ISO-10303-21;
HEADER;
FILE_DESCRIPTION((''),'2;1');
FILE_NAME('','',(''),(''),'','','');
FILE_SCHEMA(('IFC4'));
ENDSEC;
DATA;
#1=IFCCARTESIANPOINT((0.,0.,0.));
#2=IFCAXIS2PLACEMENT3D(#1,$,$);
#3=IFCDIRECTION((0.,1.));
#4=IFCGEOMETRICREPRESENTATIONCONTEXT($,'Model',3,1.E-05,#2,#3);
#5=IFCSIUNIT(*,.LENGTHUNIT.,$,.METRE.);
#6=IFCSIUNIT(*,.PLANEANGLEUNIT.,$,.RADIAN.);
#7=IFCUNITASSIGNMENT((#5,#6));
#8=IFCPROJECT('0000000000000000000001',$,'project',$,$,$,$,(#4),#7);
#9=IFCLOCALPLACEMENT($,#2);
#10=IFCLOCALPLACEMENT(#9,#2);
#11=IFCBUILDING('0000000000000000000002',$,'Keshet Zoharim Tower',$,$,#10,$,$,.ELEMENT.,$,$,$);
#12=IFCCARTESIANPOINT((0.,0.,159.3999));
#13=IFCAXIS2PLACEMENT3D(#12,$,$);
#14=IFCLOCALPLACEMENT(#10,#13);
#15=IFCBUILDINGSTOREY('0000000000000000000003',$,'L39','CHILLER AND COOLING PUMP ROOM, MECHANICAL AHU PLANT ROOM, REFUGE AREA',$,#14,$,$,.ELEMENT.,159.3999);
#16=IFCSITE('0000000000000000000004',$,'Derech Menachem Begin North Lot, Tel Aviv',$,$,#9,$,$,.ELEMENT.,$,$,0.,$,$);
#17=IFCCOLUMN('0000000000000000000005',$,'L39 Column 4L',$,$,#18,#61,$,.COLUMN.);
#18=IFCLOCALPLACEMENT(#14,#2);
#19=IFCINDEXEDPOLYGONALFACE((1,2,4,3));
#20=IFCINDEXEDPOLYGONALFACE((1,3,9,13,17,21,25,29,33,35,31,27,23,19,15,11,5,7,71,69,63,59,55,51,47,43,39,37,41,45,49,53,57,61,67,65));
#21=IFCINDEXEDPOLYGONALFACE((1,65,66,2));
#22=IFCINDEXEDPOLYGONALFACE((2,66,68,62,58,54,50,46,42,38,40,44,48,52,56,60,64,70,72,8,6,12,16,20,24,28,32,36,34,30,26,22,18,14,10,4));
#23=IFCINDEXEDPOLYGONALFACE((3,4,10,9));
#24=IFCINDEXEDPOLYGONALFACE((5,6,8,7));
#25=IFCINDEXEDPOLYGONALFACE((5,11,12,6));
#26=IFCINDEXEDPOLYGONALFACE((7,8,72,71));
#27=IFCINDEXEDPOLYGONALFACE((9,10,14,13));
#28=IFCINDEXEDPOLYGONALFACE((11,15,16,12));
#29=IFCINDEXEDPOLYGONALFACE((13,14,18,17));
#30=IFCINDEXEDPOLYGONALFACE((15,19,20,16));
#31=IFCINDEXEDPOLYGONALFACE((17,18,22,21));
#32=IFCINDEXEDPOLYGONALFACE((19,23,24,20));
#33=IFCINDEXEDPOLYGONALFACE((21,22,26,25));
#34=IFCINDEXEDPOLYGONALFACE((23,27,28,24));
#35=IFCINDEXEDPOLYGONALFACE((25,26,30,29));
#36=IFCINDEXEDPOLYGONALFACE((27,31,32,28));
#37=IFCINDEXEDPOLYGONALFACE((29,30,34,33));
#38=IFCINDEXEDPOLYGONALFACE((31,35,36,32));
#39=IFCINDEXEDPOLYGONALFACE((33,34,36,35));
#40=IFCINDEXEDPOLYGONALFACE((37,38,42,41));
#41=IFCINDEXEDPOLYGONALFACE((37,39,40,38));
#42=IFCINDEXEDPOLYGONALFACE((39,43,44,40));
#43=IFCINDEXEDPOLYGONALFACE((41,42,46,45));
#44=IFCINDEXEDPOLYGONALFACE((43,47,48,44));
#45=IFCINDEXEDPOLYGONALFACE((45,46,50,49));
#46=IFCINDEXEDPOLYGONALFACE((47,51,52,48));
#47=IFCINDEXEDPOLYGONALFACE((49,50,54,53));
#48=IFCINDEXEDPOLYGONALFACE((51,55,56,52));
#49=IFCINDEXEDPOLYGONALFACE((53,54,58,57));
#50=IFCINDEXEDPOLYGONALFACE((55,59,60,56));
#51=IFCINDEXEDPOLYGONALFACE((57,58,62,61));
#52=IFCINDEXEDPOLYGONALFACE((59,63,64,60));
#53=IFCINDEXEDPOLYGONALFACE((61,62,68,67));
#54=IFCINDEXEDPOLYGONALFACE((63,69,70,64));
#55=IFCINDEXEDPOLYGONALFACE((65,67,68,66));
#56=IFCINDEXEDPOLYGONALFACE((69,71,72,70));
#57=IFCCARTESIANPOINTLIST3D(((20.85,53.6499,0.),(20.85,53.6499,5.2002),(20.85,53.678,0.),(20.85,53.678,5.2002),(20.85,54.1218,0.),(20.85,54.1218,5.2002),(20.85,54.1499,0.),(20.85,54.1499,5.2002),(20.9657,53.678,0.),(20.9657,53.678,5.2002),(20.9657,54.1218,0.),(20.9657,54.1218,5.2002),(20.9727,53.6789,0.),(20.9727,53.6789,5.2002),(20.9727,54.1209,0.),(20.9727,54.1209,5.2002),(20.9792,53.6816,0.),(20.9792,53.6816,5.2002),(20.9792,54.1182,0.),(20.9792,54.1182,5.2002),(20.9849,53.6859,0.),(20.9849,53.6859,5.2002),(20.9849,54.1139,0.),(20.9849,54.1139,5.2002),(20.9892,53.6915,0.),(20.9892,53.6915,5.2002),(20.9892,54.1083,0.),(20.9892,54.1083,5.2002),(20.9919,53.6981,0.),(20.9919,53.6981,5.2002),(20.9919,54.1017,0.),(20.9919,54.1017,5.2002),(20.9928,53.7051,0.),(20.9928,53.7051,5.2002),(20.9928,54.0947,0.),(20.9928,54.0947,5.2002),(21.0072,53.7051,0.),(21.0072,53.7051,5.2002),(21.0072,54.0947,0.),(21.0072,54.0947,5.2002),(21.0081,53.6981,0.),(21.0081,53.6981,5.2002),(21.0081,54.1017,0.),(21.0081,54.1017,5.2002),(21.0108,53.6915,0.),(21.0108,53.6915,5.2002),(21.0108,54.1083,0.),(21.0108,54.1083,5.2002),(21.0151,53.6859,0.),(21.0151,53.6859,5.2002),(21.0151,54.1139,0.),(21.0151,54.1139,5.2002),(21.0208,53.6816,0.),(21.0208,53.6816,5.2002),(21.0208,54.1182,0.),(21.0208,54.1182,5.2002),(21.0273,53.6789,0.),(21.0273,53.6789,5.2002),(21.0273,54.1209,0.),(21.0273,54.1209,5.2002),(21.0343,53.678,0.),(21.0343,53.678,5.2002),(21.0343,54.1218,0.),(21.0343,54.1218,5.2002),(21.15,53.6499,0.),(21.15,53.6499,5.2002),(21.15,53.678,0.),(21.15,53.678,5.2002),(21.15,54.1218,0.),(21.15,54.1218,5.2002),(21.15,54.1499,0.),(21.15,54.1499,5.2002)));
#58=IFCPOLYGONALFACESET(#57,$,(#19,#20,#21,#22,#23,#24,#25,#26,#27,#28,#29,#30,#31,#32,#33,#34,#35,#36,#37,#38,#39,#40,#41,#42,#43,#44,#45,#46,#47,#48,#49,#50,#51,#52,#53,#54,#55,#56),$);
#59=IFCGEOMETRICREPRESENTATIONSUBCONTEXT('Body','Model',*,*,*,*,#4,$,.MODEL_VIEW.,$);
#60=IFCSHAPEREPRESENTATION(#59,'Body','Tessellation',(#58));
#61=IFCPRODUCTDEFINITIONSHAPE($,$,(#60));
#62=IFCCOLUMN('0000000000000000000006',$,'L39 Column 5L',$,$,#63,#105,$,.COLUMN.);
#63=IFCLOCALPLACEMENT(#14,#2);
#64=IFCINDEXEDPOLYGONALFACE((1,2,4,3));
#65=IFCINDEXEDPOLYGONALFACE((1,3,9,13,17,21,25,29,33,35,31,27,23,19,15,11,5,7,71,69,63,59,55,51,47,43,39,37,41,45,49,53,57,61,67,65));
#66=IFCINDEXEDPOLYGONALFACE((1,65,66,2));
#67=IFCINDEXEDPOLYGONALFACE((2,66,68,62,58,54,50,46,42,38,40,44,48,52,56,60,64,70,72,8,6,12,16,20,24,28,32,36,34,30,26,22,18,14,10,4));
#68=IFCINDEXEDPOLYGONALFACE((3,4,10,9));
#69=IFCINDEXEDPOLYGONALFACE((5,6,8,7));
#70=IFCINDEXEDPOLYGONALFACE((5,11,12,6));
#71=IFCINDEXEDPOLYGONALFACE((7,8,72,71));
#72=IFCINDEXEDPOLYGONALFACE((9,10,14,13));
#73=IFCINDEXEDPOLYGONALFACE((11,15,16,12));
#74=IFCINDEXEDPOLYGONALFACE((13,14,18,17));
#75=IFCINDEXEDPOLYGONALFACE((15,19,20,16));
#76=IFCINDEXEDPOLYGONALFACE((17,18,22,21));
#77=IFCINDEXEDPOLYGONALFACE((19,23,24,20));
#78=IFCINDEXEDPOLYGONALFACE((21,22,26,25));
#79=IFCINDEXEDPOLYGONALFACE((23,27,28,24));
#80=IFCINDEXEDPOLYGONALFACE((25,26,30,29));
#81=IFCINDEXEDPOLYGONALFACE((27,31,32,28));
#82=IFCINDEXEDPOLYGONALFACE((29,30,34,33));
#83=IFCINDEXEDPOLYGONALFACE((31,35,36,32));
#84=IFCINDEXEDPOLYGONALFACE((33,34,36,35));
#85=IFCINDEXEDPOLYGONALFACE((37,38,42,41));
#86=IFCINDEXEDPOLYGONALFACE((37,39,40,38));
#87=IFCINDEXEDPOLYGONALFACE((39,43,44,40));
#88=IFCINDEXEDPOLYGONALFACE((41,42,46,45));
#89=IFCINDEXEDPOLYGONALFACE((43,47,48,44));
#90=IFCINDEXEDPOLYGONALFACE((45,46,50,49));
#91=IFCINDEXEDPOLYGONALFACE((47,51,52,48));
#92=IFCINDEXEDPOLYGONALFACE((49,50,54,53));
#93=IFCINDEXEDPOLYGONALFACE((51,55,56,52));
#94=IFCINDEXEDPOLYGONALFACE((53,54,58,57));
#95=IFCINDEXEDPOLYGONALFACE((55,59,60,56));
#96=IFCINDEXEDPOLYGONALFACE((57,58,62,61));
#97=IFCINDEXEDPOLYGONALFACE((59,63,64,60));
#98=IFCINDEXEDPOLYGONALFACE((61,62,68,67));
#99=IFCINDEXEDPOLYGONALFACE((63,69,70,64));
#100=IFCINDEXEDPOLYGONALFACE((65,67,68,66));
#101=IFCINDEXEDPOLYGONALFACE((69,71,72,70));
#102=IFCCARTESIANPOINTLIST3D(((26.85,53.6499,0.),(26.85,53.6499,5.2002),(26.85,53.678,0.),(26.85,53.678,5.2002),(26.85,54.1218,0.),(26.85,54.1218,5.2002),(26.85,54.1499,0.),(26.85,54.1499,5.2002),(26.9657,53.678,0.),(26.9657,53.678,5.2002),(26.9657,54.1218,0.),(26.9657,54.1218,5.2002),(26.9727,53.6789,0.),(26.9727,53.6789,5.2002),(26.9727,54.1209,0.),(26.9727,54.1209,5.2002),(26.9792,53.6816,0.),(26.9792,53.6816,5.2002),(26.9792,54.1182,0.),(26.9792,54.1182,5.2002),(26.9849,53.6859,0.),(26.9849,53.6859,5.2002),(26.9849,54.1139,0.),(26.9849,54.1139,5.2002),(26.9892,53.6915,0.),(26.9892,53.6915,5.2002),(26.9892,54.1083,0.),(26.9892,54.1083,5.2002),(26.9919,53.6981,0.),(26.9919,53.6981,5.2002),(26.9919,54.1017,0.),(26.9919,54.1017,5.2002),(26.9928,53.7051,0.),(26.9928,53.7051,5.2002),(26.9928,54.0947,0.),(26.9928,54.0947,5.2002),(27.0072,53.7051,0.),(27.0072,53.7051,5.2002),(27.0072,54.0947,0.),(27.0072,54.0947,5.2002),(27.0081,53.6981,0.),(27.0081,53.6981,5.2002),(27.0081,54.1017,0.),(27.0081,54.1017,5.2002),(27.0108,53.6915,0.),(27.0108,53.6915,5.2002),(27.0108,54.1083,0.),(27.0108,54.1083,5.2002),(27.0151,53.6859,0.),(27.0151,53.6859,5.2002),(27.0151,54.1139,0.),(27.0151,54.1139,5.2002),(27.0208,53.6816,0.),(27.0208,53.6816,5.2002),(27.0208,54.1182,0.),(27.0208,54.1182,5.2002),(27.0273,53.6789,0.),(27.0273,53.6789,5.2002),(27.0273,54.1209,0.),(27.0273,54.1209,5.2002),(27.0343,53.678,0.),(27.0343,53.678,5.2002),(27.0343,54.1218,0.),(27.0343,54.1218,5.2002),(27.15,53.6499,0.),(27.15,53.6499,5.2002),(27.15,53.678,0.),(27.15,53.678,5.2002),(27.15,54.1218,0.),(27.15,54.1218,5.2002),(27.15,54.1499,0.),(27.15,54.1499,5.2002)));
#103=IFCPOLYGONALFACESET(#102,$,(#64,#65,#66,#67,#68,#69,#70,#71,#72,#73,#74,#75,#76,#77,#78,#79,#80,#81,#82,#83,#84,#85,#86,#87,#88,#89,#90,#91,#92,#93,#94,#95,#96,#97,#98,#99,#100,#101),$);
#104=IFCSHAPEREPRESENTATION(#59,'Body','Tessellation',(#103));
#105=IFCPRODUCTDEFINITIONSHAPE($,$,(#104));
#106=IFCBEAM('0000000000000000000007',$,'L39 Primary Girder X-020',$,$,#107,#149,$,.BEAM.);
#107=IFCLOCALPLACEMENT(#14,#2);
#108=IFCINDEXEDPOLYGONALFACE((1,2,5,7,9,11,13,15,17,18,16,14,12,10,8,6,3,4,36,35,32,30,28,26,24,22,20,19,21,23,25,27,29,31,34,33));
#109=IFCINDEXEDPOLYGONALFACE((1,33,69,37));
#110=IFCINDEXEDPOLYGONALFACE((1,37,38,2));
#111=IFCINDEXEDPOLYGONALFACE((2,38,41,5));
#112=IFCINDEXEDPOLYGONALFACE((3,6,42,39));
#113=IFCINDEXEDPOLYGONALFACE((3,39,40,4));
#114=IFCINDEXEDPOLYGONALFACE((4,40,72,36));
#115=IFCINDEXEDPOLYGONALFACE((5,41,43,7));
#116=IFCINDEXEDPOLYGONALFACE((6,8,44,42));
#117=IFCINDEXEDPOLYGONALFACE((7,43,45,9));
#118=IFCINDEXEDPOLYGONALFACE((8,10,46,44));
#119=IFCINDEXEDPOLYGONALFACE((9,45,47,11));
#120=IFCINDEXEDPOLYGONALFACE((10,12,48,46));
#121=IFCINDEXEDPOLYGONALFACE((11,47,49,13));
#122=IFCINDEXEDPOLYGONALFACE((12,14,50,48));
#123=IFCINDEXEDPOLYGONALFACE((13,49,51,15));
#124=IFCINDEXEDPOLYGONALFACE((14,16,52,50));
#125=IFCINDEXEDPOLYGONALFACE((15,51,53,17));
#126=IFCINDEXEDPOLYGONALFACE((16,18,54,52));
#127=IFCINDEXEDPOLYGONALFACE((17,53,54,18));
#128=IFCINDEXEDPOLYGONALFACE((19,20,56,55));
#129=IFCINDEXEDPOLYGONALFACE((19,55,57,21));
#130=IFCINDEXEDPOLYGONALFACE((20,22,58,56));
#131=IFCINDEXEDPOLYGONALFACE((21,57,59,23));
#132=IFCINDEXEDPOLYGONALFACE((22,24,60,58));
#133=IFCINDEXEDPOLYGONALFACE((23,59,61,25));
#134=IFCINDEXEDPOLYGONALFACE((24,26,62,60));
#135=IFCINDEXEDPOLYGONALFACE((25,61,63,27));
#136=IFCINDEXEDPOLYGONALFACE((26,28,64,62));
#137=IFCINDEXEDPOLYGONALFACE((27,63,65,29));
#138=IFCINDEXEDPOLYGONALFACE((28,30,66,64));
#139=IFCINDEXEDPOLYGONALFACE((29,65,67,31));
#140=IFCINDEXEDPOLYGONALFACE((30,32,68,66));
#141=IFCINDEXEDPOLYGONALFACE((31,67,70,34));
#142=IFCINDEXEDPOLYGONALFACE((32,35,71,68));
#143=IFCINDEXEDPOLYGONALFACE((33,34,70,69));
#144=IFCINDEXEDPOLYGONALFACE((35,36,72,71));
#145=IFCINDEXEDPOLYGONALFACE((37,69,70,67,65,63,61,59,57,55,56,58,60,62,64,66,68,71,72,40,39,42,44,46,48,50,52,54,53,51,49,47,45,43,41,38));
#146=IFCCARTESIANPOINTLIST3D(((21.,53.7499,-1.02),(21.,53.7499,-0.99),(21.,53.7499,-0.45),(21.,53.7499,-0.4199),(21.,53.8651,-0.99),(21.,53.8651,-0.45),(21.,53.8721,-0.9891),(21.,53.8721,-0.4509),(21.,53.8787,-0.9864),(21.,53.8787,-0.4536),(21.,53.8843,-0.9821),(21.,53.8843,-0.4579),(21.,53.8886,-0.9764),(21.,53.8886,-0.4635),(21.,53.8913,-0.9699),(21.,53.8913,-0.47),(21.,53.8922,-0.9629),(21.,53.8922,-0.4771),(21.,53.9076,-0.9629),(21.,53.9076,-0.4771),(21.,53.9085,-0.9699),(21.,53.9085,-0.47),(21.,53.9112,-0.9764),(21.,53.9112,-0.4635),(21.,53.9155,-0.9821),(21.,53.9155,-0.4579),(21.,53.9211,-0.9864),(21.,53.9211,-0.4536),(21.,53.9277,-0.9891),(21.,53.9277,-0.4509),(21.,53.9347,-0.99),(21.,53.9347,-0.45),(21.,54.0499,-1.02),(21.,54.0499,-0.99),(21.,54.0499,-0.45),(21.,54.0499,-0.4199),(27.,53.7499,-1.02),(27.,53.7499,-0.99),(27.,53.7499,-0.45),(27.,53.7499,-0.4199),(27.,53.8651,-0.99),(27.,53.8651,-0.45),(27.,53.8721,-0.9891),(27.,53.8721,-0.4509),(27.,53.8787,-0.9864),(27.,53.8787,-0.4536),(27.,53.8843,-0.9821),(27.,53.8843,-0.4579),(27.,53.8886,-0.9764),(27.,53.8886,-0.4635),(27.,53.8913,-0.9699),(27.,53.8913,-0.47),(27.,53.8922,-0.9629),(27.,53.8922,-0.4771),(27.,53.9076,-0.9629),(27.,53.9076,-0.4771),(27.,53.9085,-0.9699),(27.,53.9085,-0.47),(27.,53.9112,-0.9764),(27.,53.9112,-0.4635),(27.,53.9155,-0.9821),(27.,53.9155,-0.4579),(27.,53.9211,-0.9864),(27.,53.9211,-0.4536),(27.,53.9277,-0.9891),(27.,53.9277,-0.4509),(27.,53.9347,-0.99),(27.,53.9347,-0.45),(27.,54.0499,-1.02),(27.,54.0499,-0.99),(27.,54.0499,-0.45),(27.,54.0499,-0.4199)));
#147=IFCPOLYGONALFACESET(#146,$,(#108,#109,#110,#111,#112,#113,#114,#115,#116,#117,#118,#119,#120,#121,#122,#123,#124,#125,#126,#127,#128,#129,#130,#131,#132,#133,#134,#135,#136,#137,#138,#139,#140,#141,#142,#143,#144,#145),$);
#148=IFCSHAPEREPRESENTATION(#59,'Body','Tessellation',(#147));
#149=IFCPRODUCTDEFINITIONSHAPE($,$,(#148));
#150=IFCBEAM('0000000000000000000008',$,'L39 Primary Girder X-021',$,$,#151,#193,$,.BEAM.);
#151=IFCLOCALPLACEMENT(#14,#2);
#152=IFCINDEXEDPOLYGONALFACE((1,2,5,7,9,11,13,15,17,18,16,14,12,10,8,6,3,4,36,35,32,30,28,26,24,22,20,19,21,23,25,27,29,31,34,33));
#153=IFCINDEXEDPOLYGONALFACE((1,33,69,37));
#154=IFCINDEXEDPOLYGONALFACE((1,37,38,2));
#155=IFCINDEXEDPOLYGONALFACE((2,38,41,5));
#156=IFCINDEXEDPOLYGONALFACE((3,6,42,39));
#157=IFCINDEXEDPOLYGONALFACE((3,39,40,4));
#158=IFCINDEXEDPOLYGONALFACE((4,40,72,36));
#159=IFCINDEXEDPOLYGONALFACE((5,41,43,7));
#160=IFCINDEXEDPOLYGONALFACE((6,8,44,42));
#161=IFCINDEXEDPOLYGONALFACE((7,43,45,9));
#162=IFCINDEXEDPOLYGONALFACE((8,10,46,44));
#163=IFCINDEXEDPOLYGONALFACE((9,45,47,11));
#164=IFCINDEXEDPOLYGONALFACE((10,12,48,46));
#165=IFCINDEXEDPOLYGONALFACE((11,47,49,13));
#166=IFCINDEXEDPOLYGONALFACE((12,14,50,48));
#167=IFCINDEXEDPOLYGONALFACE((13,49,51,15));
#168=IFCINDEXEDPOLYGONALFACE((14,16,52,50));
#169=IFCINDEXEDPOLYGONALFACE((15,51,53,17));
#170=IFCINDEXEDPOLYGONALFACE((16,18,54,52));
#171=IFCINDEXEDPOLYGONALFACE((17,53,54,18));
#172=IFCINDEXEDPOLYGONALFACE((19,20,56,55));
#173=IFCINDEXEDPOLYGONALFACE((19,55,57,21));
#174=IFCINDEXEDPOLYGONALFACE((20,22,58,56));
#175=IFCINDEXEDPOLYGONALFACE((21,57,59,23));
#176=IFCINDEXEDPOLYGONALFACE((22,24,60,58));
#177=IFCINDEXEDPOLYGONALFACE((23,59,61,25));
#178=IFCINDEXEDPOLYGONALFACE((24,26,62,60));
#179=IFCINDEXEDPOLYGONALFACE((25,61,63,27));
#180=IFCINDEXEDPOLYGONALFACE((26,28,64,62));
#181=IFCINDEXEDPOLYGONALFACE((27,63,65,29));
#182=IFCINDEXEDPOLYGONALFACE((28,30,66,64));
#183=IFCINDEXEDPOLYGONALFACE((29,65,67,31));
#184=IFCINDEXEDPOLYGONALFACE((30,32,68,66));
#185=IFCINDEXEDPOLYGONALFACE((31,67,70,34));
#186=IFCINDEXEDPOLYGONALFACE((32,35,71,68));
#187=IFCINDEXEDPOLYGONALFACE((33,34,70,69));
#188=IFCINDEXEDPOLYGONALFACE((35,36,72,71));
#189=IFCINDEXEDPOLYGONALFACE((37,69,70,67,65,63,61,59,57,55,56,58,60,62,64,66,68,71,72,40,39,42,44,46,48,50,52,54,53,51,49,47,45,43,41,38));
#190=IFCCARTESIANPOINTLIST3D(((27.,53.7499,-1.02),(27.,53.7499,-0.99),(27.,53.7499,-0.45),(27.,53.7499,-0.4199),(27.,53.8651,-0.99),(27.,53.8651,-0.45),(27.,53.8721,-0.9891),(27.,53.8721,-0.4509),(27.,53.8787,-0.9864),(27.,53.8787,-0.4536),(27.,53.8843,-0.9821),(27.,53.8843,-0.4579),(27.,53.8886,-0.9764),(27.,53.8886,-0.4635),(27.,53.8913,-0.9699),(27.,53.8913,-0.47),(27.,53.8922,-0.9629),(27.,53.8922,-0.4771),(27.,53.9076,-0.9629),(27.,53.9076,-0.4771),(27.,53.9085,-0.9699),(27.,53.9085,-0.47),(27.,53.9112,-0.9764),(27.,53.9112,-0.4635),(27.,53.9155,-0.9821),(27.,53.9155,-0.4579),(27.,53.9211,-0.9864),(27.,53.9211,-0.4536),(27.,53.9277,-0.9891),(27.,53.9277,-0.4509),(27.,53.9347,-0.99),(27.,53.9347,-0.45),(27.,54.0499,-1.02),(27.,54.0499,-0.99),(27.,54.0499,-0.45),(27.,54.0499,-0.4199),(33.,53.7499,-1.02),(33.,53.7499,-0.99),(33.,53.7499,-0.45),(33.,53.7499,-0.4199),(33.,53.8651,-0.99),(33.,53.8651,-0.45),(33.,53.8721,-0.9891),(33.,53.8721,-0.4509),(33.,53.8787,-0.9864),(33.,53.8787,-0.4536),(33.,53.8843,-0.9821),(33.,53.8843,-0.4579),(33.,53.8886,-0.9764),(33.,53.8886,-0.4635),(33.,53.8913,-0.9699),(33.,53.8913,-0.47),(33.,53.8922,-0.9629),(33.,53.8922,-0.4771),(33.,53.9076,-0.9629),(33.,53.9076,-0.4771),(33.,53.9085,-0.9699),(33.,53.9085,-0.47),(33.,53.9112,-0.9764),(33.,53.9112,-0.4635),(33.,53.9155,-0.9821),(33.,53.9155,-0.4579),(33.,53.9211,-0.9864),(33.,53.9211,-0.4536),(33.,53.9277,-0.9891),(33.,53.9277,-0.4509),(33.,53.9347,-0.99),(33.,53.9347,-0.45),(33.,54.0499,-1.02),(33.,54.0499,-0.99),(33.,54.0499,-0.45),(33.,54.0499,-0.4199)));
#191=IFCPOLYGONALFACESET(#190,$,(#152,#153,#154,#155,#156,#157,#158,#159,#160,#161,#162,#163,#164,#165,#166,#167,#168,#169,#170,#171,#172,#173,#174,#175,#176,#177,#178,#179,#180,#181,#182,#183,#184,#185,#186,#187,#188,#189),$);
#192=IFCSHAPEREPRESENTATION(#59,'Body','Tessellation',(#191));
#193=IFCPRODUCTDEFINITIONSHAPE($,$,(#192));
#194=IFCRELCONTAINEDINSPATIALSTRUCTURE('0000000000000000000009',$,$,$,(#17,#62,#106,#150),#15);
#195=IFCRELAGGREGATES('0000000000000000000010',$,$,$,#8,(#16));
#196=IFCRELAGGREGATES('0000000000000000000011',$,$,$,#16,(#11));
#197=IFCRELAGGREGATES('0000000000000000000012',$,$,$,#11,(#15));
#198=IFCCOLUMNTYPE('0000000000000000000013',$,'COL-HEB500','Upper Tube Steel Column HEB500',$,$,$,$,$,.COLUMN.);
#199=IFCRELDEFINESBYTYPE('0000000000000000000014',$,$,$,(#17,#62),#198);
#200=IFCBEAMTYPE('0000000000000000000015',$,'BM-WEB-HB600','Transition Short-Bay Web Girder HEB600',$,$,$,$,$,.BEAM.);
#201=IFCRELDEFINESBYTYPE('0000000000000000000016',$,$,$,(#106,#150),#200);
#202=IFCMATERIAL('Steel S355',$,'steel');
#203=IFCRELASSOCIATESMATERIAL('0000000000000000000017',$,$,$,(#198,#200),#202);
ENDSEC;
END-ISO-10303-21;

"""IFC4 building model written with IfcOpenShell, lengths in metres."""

from ifc_helpers import new_model, si_unit, direction, frame, origin, origin_2d, place, context, subcontext, project, spatial, i_section, extrude, material, material_profile, profile_set, type_object, element, save


model = new_model("IFC4")

# Units and contexts
model_context = context("Model", 3, precision=1e-05, world=origin(), true_north=direction((0.0, 1.0)))
body_context = subcontext(model_context, "Body", "Model", "MODEL_VIEW")
ifc_project = project(units=[si_unit("LENGTHUNIT", "METRE"), si_unit("PLANEANGLEUNIT", "RADIAN")], contexts=[model_context])

# Site, building, storey
site_placement = place(None, origin())
site = spatial("IfcSite", under=ifc_project, at=site_placement, Name="Derech Menachem Begin North Lot, Tel Aviv", CompositionType="ELEMENT", RefElevation=0.0)
building_placement = place(site_placement, origin())
building = spatial("IfcBuilding", under=site, at=building_placement, Name="Keshet Zoharim Tower", CompositionType="ELEMENT")
storey_placement = place(building_placement, frame((0.0, 0.0, 159.3999)))
storey = spatial("IfcBuildingStorey", under=building, at=storey_placement, Name="L39", Description="CHILLER AND COOLING PUMP ROOM, MECHANICAL AHU PLANT ROOM, REFUGE AREA", CompositionType="ELEMENT", Elevation=159.3999)

# Columns
ifc_material_1 = material(Name="Steel S355", Category="steel")
ifc_material_profile_1 = material_profile(ifc_material_1, i_section(OverallWidth=0.3, OverallDepth=0.5, WebThickness=0.0144, FlangeThickness=0.0281, FilletRadius=0.0271, at=origin_2d()), Name="HEB500")
ifc_profile_set_1 = profile_set([ifc_material_profile_1], Name="Steel S355")
column_type = type_object("IfcColumnType", Name="COL-HEB500", Description="Upper Tube Steel Column HEB500", PredefinedType="COLUMN", material=ifc_profile_set_1)
for number, where, z_axis, x_axis, name in (
    (1, (21.0, 53.8999, 0.0), (0.0, 0.0, 1.0), (1.0, 0.0, 0.0), "L39 Column 4L"),
    (2, (27.0, 53.8999, 0.0), (0.0, 0.0, 1.0), (1.0, 0.0, 0.0), "L39 Column 5L"),
):
    element("IfcColumn", number, at=place(storey_placement, frame(where, z_axis=z_axis, x_axis=x_axis)), inside=storey, type_object=column_type, Name=name, PredefinedType="COLUMN", context=body_context, shape_type="SweptSolid", body=[
        extrude(i_section(OverallWidth=0.3, OverallDepth=0.5, WebThickness=0.0144, FlangeThickness=0.0281, FilletRadius=0.0271, at=origin_2d()), origin(), (0.0, 0.0, 1.0), 5.2002),
    ])

# Beams
ifc_material_profile_2 = material_profile(ifc_material_1, i_section(OverallWidth=0.3, OverallDepth=0.6001, WebThickness=0.0154, FlangeThickness=0.03, FilletRadius=0.0271, at=origin_2d()), Name="HEB600")
ifc_profile_set_2 = profile_set([ifc_material_profile_2], Name="Steel S355")
beam_type = type_object("IfcBeamType", Name="BM-WEB-HB600", Description="Transition Short-Bay Web Girder HEB600", PredefinedType="BEAM", material=ifc_profile_set_2)
for number, where, z_axis, x_axis, name in (
    (3, (21.0, 53.8999, -0.72), (1.0, 0.0, 0.0), (0.0, 1.0, 0.0), "L39 Primary Girder X-020"),
    (4, (27.0, 53.8999, -0.72), (1.0, 0.0, 0.0), (0.0, 1.0, 0.0), "L39 Primary Girder X-021"),
):
    element("IfcBeam", number, at=place(storey_placement, frame(where, z_axis=z_axis, x_axis=x_axis)), inside=storey, type_object=beam_type, Name=name, PredefinedType="BEAM", context=body_context, shape_type="SweptSolid", body=[
        extrude(i_section(OverallWidth=0.3, OverallDepth=0.6001, WebThickness=0.0154, FlangeThickness=0.03, FilletRadius=0.0271, at=origin_2d()), origin(), (0.0, 0.0, 1.0), 6.0),
    ])

save(model, "model.ifc")
